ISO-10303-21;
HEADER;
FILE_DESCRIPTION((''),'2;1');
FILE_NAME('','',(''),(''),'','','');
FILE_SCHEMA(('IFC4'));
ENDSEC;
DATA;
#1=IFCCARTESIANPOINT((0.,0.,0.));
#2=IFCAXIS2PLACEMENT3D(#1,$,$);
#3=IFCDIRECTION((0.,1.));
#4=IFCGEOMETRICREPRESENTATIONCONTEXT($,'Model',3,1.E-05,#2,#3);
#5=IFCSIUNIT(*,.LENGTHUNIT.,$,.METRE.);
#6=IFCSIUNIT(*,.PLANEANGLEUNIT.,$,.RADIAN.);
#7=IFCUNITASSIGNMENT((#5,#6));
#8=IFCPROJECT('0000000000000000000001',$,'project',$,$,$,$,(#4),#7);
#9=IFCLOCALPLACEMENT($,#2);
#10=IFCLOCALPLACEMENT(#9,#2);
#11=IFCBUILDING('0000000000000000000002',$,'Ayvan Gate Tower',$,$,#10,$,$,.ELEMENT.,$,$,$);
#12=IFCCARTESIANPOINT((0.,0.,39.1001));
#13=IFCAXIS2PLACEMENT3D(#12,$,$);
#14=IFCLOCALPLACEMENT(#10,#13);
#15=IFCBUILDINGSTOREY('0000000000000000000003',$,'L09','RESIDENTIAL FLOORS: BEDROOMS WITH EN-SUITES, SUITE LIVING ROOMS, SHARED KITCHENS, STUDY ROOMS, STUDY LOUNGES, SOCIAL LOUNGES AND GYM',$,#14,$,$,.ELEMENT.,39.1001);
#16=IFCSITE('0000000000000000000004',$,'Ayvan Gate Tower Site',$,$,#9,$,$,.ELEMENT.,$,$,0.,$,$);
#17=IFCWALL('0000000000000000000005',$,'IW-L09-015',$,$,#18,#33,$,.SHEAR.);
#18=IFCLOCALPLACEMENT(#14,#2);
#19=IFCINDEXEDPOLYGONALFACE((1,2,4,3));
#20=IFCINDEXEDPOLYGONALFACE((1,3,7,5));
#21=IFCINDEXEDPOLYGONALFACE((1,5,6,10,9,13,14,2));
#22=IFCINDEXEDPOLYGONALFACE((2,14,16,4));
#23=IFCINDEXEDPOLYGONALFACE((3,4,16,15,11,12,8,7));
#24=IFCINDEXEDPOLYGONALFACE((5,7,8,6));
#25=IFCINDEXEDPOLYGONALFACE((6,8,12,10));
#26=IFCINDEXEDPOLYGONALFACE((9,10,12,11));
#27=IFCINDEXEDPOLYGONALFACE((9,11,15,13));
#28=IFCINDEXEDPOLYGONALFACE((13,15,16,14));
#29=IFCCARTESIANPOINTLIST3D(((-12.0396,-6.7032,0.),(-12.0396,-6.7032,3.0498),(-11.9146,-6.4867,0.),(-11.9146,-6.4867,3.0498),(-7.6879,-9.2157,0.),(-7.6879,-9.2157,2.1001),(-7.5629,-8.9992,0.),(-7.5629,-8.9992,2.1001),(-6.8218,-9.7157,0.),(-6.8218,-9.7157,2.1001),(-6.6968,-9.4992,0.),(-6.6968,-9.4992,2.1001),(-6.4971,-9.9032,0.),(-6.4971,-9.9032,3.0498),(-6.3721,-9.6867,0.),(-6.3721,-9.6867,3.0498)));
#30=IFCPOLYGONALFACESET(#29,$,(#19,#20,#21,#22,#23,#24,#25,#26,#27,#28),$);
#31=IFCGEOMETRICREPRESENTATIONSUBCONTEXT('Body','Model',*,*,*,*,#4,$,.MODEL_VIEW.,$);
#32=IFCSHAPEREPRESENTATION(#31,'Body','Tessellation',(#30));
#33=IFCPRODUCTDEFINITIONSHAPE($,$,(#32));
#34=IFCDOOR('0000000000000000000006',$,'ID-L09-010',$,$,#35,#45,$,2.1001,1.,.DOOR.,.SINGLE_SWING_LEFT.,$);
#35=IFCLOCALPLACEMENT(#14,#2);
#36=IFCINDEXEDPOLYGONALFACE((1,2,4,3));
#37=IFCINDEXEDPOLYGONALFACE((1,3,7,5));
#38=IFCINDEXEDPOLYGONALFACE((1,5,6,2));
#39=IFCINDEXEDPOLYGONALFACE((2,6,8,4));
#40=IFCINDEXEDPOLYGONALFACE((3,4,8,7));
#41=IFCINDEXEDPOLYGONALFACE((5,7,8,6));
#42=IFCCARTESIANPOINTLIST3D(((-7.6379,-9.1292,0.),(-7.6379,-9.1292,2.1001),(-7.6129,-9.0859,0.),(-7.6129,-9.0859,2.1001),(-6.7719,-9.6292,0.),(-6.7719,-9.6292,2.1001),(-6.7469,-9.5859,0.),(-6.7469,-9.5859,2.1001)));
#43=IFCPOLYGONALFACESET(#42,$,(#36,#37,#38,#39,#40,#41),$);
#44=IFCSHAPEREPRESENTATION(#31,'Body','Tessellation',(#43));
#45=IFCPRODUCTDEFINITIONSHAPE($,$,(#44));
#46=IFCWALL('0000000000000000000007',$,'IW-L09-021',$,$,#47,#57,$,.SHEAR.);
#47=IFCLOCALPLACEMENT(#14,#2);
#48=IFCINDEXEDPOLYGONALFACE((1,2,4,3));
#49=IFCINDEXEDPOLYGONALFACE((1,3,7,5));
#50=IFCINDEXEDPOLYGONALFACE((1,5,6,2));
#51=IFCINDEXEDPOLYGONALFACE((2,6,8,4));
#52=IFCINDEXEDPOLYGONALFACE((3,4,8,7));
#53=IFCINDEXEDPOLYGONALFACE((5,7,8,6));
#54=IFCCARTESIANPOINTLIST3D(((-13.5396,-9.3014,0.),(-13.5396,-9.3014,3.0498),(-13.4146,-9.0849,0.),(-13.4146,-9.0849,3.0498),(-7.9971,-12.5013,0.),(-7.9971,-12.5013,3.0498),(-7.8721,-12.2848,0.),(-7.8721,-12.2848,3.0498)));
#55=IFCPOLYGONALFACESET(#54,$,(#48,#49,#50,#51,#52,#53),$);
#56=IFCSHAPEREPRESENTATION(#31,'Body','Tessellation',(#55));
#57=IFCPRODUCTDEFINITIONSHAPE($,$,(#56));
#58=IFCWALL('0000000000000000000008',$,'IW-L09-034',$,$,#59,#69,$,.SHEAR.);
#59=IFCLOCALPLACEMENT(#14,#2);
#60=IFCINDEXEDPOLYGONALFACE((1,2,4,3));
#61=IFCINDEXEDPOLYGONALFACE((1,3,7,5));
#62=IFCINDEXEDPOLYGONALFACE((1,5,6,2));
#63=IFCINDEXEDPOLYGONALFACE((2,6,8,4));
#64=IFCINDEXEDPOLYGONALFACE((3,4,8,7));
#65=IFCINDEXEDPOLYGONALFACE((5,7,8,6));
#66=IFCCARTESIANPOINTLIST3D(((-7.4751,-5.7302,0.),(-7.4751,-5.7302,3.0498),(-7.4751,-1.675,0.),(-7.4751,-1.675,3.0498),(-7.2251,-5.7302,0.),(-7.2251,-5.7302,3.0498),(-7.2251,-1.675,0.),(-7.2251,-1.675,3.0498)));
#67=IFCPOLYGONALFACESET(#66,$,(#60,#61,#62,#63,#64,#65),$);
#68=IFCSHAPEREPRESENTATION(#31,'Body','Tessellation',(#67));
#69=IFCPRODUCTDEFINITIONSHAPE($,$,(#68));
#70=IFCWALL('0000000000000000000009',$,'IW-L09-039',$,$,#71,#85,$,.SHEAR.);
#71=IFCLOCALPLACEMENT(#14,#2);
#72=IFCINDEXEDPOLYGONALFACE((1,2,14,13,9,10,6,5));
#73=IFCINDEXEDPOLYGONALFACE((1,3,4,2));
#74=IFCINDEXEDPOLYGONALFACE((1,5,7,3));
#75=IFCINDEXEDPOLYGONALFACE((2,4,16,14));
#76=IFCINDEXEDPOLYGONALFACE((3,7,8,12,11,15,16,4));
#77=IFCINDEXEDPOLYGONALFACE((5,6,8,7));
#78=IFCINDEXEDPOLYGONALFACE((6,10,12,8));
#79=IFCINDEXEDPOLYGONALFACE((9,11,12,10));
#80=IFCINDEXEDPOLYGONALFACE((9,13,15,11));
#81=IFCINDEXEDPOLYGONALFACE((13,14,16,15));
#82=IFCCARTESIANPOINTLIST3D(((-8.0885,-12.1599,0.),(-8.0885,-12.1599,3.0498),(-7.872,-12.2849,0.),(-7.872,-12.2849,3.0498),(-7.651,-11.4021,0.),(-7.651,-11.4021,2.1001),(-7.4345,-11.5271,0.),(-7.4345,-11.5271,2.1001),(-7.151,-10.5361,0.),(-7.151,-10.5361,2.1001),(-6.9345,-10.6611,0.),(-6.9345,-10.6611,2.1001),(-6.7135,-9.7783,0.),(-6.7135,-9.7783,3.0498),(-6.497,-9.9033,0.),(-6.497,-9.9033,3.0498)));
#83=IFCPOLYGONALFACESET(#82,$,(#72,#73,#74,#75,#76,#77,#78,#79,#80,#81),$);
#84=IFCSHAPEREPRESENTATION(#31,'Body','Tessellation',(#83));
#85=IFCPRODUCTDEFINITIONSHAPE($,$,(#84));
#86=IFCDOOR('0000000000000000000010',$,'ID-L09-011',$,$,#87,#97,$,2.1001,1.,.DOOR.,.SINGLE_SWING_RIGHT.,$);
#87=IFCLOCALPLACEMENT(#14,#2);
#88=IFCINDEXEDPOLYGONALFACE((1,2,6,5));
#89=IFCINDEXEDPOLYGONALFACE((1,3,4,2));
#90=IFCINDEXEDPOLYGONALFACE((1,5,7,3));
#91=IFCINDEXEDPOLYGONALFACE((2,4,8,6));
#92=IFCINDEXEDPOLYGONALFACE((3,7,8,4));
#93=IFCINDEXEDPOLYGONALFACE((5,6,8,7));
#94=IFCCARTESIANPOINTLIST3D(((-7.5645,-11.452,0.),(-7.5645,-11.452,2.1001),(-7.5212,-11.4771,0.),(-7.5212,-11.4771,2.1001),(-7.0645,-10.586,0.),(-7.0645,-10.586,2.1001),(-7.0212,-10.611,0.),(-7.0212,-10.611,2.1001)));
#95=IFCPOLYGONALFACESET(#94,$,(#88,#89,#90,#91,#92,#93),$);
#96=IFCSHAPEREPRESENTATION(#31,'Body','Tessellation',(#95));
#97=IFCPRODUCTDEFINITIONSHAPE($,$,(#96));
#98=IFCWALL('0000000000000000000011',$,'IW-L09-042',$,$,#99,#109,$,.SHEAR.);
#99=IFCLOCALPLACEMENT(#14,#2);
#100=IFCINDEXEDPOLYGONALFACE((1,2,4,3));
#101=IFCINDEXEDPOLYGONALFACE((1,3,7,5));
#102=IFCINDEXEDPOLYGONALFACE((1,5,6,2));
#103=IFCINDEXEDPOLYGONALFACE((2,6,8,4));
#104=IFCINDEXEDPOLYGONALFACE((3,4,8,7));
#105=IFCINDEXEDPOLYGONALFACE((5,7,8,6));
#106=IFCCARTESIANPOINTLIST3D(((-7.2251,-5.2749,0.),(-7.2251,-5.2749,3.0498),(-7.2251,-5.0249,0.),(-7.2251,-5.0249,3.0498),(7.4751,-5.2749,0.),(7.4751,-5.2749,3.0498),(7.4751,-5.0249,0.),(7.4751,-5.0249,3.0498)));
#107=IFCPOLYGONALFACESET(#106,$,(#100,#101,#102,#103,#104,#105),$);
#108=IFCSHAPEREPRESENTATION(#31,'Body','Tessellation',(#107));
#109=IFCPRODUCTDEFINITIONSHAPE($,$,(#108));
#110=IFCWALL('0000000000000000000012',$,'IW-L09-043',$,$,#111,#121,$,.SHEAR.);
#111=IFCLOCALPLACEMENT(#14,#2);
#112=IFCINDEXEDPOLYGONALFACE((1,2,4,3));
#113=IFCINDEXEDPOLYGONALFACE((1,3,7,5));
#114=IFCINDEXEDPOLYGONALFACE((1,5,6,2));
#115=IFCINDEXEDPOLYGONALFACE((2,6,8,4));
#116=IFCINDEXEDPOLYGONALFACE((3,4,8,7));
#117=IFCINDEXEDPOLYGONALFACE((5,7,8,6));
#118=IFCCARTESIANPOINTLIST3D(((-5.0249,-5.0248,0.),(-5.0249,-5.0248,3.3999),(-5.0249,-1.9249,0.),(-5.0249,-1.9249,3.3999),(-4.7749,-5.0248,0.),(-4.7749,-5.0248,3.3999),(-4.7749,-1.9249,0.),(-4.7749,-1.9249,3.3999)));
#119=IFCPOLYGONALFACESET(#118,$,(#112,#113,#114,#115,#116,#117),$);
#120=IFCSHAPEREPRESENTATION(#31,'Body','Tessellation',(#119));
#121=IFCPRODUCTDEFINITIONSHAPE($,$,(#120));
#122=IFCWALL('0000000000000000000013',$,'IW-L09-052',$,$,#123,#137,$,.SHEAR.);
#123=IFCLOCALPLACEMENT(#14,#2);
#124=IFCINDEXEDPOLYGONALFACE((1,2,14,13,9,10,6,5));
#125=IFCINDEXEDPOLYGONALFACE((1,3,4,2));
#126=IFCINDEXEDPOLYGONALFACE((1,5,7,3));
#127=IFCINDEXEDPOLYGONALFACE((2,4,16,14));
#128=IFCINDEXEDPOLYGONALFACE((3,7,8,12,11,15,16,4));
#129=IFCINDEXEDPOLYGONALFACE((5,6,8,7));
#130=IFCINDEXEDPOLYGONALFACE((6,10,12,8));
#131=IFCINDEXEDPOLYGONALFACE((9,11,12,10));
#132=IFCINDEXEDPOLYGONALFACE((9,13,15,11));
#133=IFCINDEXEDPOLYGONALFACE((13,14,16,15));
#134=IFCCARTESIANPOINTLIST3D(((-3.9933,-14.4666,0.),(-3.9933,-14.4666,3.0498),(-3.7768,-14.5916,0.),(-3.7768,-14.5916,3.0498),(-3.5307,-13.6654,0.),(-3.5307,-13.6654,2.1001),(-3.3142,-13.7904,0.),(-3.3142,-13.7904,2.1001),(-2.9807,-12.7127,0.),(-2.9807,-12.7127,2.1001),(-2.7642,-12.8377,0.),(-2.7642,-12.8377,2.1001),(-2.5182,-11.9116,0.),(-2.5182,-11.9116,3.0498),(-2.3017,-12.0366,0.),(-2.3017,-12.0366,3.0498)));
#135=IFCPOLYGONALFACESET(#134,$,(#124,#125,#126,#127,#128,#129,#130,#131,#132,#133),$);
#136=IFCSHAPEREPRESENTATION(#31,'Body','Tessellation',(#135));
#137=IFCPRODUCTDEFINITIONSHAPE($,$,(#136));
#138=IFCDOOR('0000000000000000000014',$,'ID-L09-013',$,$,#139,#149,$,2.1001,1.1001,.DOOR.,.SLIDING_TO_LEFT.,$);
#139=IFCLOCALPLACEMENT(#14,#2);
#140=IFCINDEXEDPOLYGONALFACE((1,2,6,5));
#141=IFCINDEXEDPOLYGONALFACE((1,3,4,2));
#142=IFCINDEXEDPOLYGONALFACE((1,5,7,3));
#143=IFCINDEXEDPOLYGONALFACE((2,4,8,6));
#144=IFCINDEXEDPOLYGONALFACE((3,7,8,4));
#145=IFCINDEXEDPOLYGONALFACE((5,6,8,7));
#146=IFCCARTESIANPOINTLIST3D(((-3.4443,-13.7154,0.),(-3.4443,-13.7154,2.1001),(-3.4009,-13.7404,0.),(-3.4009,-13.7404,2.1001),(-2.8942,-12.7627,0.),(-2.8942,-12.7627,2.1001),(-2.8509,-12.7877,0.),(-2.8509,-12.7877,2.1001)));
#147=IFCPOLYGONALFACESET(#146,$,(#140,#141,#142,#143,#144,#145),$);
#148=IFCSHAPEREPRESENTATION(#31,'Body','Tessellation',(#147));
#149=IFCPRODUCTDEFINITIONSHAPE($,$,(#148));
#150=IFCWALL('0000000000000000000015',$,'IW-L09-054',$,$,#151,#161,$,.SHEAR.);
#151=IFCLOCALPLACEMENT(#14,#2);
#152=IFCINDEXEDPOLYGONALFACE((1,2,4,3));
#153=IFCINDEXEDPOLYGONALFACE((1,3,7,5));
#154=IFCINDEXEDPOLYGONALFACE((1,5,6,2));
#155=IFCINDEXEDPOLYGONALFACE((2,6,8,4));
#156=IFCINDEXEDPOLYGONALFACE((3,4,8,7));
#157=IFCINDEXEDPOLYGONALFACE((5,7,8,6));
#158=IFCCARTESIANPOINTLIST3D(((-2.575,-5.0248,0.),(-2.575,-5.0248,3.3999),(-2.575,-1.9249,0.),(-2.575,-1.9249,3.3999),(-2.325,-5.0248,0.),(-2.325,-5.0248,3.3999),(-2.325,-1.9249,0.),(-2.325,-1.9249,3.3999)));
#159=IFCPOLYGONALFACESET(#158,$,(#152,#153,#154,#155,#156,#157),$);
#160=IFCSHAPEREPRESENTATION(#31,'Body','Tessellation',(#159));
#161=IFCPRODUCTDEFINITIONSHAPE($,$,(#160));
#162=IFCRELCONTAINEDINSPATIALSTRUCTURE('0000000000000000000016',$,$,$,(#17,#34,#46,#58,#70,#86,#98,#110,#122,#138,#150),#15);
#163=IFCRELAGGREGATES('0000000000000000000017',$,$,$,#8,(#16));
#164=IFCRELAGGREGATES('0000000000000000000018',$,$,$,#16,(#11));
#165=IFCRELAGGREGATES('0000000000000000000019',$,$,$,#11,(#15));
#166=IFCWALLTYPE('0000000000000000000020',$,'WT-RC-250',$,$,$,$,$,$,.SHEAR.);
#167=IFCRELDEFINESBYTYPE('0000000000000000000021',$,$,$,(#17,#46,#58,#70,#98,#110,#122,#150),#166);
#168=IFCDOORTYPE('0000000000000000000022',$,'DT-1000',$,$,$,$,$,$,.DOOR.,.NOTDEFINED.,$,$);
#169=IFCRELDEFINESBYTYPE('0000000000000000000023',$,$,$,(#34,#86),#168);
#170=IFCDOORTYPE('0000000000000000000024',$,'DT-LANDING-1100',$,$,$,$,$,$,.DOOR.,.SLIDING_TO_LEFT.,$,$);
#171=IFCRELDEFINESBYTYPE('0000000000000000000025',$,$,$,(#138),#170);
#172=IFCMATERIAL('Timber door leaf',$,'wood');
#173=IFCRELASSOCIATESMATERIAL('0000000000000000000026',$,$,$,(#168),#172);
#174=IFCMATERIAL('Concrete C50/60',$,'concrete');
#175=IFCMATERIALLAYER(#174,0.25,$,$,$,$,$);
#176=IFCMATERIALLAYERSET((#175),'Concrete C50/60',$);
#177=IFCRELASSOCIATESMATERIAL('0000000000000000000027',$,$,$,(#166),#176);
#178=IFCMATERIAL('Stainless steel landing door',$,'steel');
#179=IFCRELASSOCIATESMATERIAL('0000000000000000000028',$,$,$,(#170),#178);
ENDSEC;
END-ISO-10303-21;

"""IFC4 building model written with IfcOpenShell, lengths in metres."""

from ifc_helpers import new_model, si_unit, direction, frame, frame_2d, origin, place, context, subcontext, project, spatial, rectangle, extrude, material, layer, layer_set, type_object, element, fill, save


model = new_model("IFC4")

# Units and contexts
model_context = context("Model", 3, precision=1e-05, world=origin(), true_north=direction((0.0, 1.0)))
body_context = subcontext(model_context, "Body", "Model", "MODEL_VIEW")
ifc_project = project(units=[si_unit("LENGTHUNIT", "METRE"), si_unit("PLANEANGLEUNIT", "RADIAN")], contexts=[model_context])

# Site, building, storey
site_placement = place(None, origin())
site = spatial("IfcSite", under=ifc_project, at=site_placement, Name="Ayvan Gate Tower Site", CompositionType="ELEMENT", RefElevation=0.0)
building_placement = place(site_placement, origin())
building = spatial("IfcBuilding", under=site, at=building_placement, Name="Ayvan Gate Tower", CompositionType="ELEMENT")
storey_placement = place(building_placement, frame((0.0, 0.0, 39.1001)))
storey = spatial("IfcBuildingStorey", under=building, at=storey_placement, Name="L09", Description="RESIDENTIAL FLOORS: BEDROOMS WITH EN-SUITES, SUITE LIVING ROOMS, SHARED KITCHENS, STUDY ROOMS, STUDY LOUNGES, SOCIAL LOUNGES AND GYM", CompositionType="ELEMENT", Elevation=39.1001)

# Shared definitions
ifc_material_1 = material(Name="Timber door leaf", Category="wood")

# Shared definitions
door_type_1 = type_object("IfcDoorType", Name="DT-1000", OperationType="NOTDEFINED", PredefinedType="DOOR", material=ifc_material_1)

# Shared definitions
ifc_material_2 = material(Name="Concrete C50/60", Category="concrete")
ifc_layer_1 = layer(ifc_material_2, 0.25)
ifc_layer_set_1 = layer_set([ifc_layer_1], Name="Concrete C50/60")
wall_type_1 = type_object("IfcWallType", Name="WT-RC-250", PredefinedType="SHEAR", material=ifc_layer_set_1)

# Wall, opening, door
wall_1_placement = place(storey_placement, frame((-11.9771, -6.595, 0.0), z_axis=(0.0, 0.0, 1.0), x_axis=(0.866025, -0.5, 0.0)))
wall_1 = element("IfcWall", 1, at=wall_1_placement, inside=storey, type_object=wall_type_1, Name="IW-L09-015", PredefinedType="SHEAR", context=body_context, shape_type="SweptSolid", body=[
    extrude(rectangle(XDim=6.3999, YDim=0.25, at=frame_2d((3.2, 0.0))), origin(), (0.0, 0.0, 1.0), 3.0498),
])
opening_1_placement = place(wall_1_placement, frame((5.0249, 0.0, 0.0)))
opening_1 = element("IfcOpeningElement", 2, at=opening_1_placement, cuts=wall_1, PredefinedType="OPENING", context=body_context, shape_type="SweptSolid", body=[
    extrude(rectangle(XDim=1.0, YDim=2.1001, at=frame_2d((0.5, 1.05))), frame((0.0, 0.135, 0.0), z_axis=(0.0, -1.0, 0.0), x_axis=(1.0, 0.0, 0.0)), (0.0, 0.0, 1.0), 0.27),
])
door_1_placement = place(opening_1_placement, origin())
door_1 = element("IfcDoor", 3, at=door_1_placement, inside=storey, type_object=door_type_1, Name="ID-L09-010", OperationType="SINGLE_SWING_LEFT", OverallHeight=2.1001, OverallWidth=1.0, PredefinedType="DOOR", context=body_context, shape_type="SweptSolid", body=[
    extrude(rectangle(XDim=1.0, YDim=2.1001, at=frame_2d((0.5, 1.05))), frame((0.0, 0.0249, 0.0), z_axis=(0.0, -1.0, 0.0), x_axis=(1.0, 0.0, 0.0)), (0.0, 0.0, 1.0), 0.05),
])
fill(opening_1, door_1)

# Walls
wall_2_placement = place(storey_placement, frame((-13.4771, -9.1931, 0.0), z_axis=(0.0, 0.0, 1.0), x_axis=(0.866025, -0.5, 0.0)))
element("IfcWall", 4, at=wall_2_placement, inside=storey, type_object=wall_type_1, Name="IW-L09-021", PredefinedType="SHEAR", context=body_context, shape_type="SweptSolid", body=[
    extrude(rectangle(XDim=6.3999, YDim=0.25, at=frame_2d((3.2, 0.0))), origin(), (0.0, 0.0, 1.0), 3.0498),
])
wall_3_placement = place(storey_placement, frame((-7.3501, -5.7302, 0.0), z_axis=(0.0, 0.0, 1.0), x_axis=(0.0, 1.0, 0.0)))
element("IfcWall", 5, at=wall_3_placement, inside=storey, type_object=wall_type_1, Name="IW-L09-034", PredefinedType="SHEAR", context=body_context, shape_type="SweptSolid", body=[
    extrude(rectangle(XDim=4.0552, YDim=0.25, at=frame_2d((2.0276, 0.0))), origin(), (0.0, 0.0, 1.0), 3.0498),
])

# Wall, opening, door
wall_4_placement = place(storey_placement, frame((-6.6052, -9.8408, 0.0), z_axis=(0.0, 0.0, 1.0), x_axis=(-0.499997, -0.866027, 0.0)))
wall_4 = element("IfcWall", 6, at=wall_4_placement, inside=storey, type_object=wall_type_1, Name="IW-L09-039", PredefinedType="SHEAR", context=body_context, shape_type="SweptSolid", body=[
    extrude(rectangle(XDim=2.75, YDim=0.25, at=frame_2d((1.375, 0.0))), origin(), (0.0, 0.0, 1.0), 3.0498),
])
opening_2_placement = place(wall_4_placement, frame((0.875, 0.0, 0.0)))
opening_2 = element("IfcOpeningElement", 7, at=opening_2_placement, cuts=wall_4, PredefinedType="OPENING", context=body_context, shape_type="SweptSolid", body=[
    extrude(rectangle(XDim=1.0, YDim=2.1001, at=frame_2d((0.5, 1.05))), frame((0.0, 0.135, 0.0), z_axis=(0.0, -1.0, 0.0), x_axis=(1.0, 0.0, 0.0)), (0.0, 0.0, 1.0), 0.27),
])
door_2_placement = place(opening_2_placement, origin())
door_2 = element("IfcDoor", 8, at=door_2_placement, inside=storey, type_object=door_type_1, Name="ID-L09-011", OperationType="SINGLE_SWING_RIGHT", OverallHeight=2.1001, OverallWidth=1.0, PredefinedType="DOOR", context=body_context, shape_type="SweptSolid", body=[
    extrude(rectangle(XDim=1.0, YDim=2.1001, at=frame_2d((0.5, 1.05))), frame((0.0, 0.0249, 0.0), z_axis=(0.0, -1.0, 0.0), x_axis=(1.0, 0.0, 0.0)), (0.0, 0.0, 1.0), 0.05),
])
fill(opening_2, door_2)

# Walls
wall_5_placement = place(storey_placement, frame((-7.2251, -5.1499, 0.0), z_axis=(0.0, 0.0, 1.0), x_axis=(1.0, 0.0, 0.0)))
element("IfcWall", 9, at=wall_5_placement, inside=storey, type_object=wall_type_1, Name="IW-L09-042", PredefinedType="SHEAR", context=body_context, shape_type="SweptSolid", body=[
    extrude(rectangle(XDim=14.7002, YDim=0.25, at=frame_2d((7.3501, 0.0))), origin(), (0.0, 0.0, 1.0), 3.0498),
])
wall_6_placement = place(storey_placement, frame((-4.8999, -1.925, 0.0), z_axis=(0.0, 0.0, 1.0), x_axis=(0.0, -1.0, 0.0)))
element("IfcWall", 10, at=wall_6_placement, inside=storey, type_object=wall_type_1, Name="IW-L09-043", PredefinedType="SHEAR", context=body_context, shape_type="SweptSolid", body=[
    extrude(rectangle(XDim=3.0999, YDim=0.25, at=frame_2d((1.5498, 0.0))), origin(), (0.0, 0.0, 1.0), 3.3999),
])

# Wall, opening, door
wall_7_placement = place(storey_placement, frame((-2.4099, -11.9741, 0.0), z_axis=(0.0, 0.0, 1.0), x_axis=(-0.500002, -0.866024, 0.0)))
wall_7 = element("IfcWall", 11, at=wall_7_placement, inside=storey, type_object=wall_type_1, Name="IW-L09-052", PredefinedType="SHEAR", context=body_context, shape_type="SweptSolid", body=[
    extrude(rectangle(XDim=2.9502, YDim=0.25, at=frame_2d((1.4751, 0.0))), origin(), (0.0, 0.0, 1.0), 3.0498),
])
opening_3_placement = place(wall_7_placement, frame((0.925, 0.0, 0.0)))
opening_3 = element("IfcOpeningElement", 12, at=opening_3_placement, cuts=wall_7, PredefinedType="OPENING", context=body_context, shape_type="SweptSolid", body=[
    extrude(rectangle(XDim=1.1001, YDim=2.1001, at=frame_2d((0.55, 1.05))), frame((0.0, 0.135, 0.0), z_axis=(0.0, -1.0, 0.0), x_axis=(1.0, 0.0, 0.0)), (0.0, 0.0, 1.0), 0.27),
])
ifc_material_3 = material(Name="Stainless steel landing door", Category="steel")
door_type_2 = type_object("IfcDoorType", Name="DT-LANDING-1100", OperationType="SLIDING_TO_LEFT", PredefinedType="DOOR", material=ifc_material_3)
door_3_placement = place(opening_3_placement, origin())
door_3 = element("IfcDoor", 13, at=door_3_placement, inside=storey, type_object=door_type_2, Name="ID-L09-013", OperationType="SLIDING_TO_LEFT", OverallHeight=2.1001, OverallWidth=1.1001, PredefinedType="DOOR", context=body_context, shape_type="SweptSolid", body=[
    extrude(rectangle(XDim=1.1001, YDim=2.1001, at=frame_2d((0.55, 1.05))), frame((0.0, 0.0249, 0.0), z_axis=(0.0, -1.0, 0.0), x_axis=(1.0, 0.0, 0.0)), (0.0, 0.0, 1.0), 0.05),
])
fill(opening_3, door_3)

# Wall
wall_8_placement = place(storey_placement, frame((-2.45, -1.925, 0.0), z_axis=(0.0, 0.0, 1.0), x_axis=(0.0, -1.0, 0.0)))
element("IfcWall", 14, at=wall_8_placement, inside=storey, type_object=wall_type_1, Name="IW-L09-054", PredefinedType="SHEAR", context=body_context, shape_type="SweptSolid", body=[
    extrude(rectangle(XDim=3.0999, YDim=0.25, at=frame_2d((1.5498, 0.0))), origin(), (0.0, 0.0, 1.0), 3.3999),
])

save(model, "model.ifc")
